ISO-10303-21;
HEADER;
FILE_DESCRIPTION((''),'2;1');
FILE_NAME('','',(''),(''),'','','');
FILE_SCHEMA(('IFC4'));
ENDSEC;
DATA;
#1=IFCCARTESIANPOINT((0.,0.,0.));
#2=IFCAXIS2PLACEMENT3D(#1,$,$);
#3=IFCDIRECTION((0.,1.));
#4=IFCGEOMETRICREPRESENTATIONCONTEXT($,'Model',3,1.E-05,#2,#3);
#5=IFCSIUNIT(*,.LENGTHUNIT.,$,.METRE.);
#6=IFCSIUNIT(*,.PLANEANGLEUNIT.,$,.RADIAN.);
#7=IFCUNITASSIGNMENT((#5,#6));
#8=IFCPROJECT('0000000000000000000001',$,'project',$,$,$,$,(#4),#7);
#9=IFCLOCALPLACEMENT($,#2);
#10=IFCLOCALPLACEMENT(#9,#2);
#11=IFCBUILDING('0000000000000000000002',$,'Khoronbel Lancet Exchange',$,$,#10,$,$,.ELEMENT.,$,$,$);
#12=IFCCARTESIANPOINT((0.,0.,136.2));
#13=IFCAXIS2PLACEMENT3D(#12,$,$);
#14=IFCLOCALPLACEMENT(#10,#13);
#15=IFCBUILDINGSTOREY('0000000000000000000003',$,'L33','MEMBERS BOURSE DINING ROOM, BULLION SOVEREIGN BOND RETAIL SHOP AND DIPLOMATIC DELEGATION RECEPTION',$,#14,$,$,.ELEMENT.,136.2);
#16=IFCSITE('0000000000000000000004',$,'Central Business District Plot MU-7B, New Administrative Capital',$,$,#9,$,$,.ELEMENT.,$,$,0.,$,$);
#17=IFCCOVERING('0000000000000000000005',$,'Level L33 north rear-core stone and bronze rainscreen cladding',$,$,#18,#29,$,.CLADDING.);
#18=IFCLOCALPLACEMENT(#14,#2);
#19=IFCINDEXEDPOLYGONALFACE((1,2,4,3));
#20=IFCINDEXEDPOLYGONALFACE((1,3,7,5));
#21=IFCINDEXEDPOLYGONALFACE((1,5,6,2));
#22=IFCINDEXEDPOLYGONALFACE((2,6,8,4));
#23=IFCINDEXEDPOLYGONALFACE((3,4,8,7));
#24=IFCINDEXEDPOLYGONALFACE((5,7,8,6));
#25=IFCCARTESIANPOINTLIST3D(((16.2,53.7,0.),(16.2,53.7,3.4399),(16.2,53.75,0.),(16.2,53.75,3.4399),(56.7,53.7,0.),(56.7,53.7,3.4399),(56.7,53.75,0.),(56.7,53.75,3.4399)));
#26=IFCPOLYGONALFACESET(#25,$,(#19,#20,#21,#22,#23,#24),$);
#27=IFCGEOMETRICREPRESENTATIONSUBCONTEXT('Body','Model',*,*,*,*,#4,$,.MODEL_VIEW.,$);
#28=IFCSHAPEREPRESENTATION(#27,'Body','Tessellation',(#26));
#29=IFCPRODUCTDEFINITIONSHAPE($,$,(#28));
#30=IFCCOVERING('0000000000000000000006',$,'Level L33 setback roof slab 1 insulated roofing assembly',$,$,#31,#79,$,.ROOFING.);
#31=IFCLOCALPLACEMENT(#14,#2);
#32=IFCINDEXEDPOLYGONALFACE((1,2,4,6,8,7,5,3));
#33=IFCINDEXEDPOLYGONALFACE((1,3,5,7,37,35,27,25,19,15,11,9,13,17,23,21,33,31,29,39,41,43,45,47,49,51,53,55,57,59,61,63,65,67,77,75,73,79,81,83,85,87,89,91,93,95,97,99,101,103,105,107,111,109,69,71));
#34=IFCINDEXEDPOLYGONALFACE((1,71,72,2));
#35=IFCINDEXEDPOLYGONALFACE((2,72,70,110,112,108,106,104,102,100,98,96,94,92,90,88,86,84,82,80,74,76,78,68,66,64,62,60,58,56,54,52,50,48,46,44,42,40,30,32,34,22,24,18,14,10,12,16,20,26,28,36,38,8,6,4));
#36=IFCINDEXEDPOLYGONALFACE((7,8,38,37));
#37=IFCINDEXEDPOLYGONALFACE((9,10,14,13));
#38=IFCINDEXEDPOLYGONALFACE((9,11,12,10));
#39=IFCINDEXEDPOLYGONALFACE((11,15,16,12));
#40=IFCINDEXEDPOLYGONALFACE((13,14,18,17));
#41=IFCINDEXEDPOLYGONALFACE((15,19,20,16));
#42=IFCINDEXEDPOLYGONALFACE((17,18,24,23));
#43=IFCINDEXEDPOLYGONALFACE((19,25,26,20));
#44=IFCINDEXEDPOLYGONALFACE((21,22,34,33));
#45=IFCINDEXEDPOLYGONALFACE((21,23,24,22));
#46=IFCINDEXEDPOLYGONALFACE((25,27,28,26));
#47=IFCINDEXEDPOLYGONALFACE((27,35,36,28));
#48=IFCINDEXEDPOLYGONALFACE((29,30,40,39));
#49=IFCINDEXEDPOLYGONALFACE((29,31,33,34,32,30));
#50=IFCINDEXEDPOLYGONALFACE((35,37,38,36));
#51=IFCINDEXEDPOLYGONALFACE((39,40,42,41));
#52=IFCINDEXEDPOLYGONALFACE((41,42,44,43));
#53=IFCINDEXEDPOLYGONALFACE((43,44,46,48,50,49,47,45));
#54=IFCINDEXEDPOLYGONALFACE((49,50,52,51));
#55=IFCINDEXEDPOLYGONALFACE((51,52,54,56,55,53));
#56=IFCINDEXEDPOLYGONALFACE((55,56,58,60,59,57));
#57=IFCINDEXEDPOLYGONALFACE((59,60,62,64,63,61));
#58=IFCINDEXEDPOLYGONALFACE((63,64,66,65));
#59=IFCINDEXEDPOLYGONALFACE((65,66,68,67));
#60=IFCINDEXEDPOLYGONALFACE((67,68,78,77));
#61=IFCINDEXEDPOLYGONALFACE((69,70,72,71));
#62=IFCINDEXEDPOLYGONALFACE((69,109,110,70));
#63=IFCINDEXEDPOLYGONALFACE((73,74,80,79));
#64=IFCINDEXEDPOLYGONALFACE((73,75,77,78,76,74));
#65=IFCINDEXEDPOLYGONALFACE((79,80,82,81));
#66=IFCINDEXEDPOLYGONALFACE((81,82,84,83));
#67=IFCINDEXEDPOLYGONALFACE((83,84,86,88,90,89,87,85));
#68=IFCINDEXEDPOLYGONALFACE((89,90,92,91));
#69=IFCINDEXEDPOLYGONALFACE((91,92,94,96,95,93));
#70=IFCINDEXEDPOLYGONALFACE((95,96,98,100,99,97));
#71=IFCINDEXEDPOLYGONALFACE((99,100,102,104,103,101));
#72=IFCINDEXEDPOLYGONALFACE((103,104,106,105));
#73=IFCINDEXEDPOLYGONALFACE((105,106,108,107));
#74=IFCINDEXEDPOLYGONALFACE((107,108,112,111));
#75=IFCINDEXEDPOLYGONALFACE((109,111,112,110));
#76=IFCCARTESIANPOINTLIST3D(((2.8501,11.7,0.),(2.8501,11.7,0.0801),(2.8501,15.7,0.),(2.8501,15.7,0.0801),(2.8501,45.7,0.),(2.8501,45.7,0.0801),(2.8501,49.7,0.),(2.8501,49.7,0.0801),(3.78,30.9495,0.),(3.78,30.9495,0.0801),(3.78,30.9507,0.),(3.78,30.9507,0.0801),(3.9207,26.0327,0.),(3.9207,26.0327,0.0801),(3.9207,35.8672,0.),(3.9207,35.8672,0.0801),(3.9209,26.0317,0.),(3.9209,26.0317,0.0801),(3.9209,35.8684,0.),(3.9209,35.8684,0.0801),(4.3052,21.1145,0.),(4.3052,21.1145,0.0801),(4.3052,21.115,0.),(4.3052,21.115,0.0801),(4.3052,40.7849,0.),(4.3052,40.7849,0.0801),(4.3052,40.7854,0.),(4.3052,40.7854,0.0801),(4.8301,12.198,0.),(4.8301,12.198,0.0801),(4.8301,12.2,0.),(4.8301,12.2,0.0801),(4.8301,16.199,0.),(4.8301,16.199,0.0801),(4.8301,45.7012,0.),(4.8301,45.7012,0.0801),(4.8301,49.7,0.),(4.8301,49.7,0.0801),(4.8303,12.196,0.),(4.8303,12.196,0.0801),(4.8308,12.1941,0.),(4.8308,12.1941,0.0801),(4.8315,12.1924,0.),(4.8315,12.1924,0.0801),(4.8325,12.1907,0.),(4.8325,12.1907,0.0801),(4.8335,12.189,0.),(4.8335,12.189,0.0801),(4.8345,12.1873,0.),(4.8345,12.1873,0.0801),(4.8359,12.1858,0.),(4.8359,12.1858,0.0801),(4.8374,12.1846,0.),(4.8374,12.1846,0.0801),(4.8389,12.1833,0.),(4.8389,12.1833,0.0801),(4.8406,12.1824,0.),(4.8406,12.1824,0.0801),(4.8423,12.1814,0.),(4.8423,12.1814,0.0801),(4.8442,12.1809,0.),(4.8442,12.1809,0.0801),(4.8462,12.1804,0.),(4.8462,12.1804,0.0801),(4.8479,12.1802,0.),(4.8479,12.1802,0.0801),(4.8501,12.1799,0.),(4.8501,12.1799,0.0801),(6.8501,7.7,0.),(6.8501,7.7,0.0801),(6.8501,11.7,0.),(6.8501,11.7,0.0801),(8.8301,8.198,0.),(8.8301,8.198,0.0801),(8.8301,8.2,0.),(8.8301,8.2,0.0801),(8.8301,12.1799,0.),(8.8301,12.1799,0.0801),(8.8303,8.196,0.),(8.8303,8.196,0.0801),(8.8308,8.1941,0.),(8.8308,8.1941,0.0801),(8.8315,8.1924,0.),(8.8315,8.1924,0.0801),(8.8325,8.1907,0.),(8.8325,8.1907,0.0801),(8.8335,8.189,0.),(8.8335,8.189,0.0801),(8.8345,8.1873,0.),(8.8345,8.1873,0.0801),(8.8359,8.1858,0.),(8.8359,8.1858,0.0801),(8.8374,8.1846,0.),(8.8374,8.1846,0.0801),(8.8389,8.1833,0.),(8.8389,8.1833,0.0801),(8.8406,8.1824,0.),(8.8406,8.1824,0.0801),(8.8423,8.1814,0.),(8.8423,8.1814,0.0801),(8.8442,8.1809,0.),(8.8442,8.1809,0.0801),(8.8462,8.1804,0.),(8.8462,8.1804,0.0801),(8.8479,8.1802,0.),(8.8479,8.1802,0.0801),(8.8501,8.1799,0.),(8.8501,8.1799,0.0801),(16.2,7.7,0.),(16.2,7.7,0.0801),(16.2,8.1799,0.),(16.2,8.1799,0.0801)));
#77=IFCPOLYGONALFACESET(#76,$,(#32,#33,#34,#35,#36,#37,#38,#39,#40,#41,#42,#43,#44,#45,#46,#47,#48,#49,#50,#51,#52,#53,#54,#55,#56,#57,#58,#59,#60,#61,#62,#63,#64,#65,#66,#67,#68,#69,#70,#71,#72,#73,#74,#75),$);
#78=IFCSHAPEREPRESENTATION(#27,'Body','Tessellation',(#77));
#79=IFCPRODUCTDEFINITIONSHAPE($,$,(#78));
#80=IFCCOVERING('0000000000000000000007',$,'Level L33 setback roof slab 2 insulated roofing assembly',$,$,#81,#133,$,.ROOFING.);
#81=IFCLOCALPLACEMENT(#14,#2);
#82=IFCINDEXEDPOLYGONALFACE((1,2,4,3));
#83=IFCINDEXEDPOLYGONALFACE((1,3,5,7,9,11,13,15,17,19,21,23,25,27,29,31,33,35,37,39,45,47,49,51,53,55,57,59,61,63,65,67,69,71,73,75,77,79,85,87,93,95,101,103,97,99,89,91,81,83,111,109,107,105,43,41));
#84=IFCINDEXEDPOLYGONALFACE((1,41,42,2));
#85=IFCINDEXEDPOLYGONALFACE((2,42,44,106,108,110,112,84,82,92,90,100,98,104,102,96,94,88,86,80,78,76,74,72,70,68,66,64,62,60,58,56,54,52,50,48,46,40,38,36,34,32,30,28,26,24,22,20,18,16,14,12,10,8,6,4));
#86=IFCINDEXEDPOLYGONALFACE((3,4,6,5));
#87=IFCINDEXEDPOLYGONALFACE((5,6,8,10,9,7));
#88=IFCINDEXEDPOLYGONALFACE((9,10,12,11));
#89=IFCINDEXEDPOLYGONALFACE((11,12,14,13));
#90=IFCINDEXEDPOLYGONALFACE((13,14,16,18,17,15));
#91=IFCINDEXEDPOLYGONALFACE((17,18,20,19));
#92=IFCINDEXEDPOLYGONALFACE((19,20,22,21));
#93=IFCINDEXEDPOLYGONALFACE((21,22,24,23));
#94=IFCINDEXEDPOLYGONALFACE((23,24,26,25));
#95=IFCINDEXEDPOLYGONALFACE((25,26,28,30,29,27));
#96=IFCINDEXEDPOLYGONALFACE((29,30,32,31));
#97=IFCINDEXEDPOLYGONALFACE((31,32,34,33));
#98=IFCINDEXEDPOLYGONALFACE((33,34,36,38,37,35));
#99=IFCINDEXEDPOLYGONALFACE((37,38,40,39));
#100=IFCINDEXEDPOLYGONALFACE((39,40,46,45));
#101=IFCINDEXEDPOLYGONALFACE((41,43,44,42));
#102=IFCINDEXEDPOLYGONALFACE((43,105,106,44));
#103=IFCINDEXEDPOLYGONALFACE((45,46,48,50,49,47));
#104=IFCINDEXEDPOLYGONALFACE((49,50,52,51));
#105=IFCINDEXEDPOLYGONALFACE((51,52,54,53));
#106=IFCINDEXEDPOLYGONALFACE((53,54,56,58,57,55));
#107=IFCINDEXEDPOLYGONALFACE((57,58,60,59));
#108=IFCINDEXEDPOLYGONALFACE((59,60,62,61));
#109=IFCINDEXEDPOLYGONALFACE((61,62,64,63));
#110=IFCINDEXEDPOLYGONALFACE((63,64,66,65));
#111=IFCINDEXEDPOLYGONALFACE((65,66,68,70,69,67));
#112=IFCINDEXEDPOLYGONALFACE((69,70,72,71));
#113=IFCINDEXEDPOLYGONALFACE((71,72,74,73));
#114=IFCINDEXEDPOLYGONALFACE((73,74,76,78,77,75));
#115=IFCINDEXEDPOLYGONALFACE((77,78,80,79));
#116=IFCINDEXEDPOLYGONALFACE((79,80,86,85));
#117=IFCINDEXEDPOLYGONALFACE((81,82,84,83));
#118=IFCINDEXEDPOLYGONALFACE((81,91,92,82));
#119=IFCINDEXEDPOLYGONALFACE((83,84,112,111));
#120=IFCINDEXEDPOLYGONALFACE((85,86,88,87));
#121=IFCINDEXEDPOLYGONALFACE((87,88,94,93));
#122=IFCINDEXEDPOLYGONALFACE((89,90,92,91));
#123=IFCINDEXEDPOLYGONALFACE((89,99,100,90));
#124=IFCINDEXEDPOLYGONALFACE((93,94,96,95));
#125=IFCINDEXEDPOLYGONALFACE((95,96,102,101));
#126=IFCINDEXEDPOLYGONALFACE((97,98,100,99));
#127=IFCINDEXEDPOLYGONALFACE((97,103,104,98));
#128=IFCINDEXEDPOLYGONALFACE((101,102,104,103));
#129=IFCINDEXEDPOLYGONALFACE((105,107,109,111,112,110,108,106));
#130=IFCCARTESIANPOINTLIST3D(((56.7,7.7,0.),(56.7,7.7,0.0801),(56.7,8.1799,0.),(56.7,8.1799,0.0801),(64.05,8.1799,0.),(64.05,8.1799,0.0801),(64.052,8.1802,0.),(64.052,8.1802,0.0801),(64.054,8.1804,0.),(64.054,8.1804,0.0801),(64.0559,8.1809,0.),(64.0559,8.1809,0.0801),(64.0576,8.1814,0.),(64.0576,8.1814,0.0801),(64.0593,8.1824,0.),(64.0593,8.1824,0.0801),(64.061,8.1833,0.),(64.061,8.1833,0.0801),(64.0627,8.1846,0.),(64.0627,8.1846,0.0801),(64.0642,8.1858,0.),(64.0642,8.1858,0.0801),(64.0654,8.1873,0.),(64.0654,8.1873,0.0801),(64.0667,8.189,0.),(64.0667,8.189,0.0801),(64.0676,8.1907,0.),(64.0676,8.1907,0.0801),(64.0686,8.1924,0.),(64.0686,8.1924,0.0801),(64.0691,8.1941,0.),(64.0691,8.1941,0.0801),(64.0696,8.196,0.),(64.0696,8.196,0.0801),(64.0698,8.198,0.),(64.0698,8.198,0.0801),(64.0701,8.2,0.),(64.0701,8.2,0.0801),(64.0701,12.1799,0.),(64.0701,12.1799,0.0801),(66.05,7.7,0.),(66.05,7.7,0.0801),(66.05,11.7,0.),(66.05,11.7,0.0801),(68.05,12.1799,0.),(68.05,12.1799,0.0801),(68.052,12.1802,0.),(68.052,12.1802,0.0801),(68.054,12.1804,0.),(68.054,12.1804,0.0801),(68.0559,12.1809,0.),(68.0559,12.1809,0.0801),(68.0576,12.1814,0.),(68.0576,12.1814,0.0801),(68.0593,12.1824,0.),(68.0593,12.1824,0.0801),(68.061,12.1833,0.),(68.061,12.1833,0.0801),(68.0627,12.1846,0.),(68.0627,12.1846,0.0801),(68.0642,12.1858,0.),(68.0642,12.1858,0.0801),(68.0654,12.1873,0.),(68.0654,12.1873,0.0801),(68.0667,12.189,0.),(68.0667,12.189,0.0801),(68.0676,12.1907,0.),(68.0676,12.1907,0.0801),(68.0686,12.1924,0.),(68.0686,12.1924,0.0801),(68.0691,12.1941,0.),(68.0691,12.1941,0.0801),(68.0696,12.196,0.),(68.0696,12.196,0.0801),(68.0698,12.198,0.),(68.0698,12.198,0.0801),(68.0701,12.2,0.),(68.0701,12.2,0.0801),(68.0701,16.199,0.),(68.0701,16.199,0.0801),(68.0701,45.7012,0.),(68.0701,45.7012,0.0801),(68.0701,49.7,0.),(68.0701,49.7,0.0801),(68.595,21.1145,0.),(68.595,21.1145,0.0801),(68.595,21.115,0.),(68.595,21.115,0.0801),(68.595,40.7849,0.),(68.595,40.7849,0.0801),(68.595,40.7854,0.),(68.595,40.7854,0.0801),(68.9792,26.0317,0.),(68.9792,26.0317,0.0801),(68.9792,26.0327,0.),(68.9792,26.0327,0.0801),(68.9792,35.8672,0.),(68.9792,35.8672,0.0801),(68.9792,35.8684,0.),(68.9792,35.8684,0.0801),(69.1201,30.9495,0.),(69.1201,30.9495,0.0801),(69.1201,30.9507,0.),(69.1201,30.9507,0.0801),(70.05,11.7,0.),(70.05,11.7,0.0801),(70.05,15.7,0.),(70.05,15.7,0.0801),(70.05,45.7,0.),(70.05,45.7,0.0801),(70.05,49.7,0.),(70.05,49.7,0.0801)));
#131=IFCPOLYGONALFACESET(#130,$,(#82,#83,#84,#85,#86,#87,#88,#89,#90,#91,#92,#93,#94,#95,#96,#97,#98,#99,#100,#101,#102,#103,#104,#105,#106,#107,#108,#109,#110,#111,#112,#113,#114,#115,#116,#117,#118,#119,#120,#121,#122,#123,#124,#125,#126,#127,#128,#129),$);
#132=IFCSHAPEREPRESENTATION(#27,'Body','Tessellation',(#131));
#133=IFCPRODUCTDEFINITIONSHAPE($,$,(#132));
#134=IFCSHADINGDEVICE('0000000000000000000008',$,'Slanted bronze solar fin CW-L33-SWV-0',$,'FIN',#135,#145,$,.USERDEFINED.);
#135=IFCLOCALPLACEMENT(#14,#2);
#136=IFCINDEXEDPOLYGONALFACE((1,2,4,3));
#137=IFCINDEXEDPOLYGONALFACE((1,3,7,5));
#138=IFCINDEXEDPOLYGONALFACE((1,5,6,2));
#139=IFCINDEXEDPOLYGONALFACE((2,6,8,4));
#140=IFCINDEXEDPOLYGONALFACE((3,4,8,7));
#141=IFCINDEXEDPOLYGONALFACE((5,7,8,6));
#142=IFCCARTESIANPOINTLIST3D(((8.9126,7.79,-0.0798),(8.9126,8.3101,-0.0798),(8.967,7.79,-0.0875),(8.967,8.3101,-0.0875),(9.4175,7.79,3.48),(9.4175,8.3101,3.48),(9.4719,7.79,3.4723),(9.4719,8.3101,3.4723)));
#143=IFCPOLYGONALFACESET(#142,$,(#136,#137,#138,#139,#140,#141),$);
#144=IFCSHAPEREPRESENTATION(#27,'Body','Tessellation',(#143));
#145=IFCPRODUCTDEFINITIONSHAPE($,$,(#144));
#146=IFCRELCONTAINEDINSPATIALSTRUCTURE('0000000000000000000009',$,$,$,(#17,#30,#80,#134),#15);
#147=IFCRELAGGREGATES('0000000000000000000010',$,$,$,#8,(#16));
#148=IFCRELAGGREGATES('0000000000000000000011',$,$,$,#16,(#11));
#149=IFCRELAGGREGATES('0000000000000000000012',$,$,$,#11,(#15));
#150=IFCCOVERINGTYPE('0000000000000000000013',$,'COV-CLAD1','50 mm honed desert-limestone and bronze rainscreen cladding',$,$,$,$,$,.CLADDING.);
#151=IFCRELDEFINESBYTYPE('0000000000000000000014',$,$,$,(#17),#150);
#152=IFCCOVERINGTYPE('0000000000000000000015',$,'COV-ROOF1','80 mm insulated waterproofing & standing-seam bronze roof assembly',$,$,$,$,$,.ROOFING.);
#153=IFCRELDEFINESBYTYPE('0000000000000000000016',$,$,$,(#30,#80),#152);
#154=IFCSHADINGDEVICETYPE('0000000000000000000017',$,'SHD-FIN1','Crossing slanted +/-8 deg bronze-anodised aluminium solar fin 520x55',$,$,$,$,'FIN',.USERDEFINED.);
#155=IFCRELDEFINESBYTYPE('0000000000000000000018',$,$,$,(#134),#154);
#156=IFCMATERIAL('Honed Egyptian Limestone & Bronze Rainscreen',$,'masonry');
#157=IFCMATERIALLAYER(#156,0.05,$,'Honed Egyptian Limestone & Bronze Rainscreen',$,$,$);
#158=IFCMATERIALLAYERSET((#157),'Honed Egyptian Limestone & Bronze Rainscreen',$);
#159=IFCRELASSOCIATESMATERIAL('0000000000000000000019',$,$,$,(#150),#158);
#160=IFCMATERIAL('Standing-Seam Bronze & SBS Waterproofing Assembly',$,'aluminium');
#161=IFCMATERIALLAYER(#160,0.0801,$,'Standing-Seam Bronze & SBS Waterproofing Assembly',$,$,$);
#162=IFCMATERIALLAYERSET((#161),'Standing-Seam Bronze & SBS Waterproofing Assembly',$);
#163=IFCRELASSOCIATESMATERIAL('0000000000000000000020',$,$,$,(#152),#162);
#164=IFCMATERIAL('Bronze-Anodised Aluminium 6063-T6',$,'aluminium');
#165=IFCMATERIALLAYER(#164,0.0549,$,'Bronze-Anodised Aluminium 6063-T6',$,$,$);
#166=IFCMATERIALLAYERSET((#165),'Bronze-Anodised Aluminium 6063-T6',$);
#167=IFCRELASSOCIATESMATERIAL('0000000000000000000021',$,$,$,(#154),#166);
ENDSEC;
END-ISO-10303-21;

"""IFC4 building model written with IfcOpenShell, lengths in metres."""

from ifc_helpers import new_model, si_unit, direction, frame, origin, place, context, subcontext, project, spatial, polyline, outline, extrude, material, layer, layer_set, type_object, element, save


model = new_model("IFC4")

# Units and contexts
model_context = context("Model", 3, precision=1e-05, world=origin(), true_north=direction((0.0, 1.0)))
body_context = subcontext(model_context, "Body", "Model", "MODEL_VIEW")
ifc_project = project(units=[si_unit("LENGTHUNIT", "METRE"), si_unit("PLANEANGLEUNIT", "RADIAN")], contexts=[model_context])

# Site, building, storey
site_placement = place(None, origin())
site = spatial("IfcSite", under=ifc_project, at=site_placement, Name="Central Business District Plot MU-7B, New Administrative Capital", CompositionType="ELEMENT", RefElevation=0.0)
building_placement = place(site_placement, origin())
building = spatial("IfcBuilding", under=site, at=building_placement, Name="Khoronbel Lancet Exchange", CompositionType="ELEMENT")
storey_placement = place(building_placement, frame((0.0, 0.0, 136.2)))
storey = spatial("IfcBuildingStorey", under=building, at=storey_placement, Name="L33", Description="MEMBERS BOURSE DINING ROOM, BULLION SOVEREIGN BOND RETAIL SHOP AND DIPLOMATIC DELEGATION RECEPTION", CompositionType="ELEMENT", Elevation=136.2)

# Shared definitions
ifc_material_1 = material(Name="Bronze-Anodised Aluminium 6063-T6", Category="aluminium")

# Coverings
ifc_material_2 = material(Name="Honed Egyptian Limestone & Bronze Rainscreen", Category="masonry")
ifc_layer_1 = layer(ifc_material_2, 0.05, Name="Honed Egyptian Limestone & Bronze Rainscreen")
ifc_layer_set_1 = layer_set([ifc_layer_1], Name="Honed Egyptian Limestone & Bronze Rainscreen")
covering_type_1 = type_object("IfcCoveringType", Name="COV-CLAD1", Description="50 mm honed desert-limestone and bronze rainscreen cladding", PredefinedType="CLADDING", material=ifc_layer_set_1)
covering_1_placement = place(storey_placement, origin())
element("IfcCovering", 1, at=covering_1_placement, inside=storey, type_object=covering_type_1, Name="Level L33 north rear-core stone and bronze rainscreen cladding", PredefinedType="CLADDING", context=body_context, shape_type="SweptSolid", body=[
    extrude(outline(polyline([(16.2, 53.7), (56.7, 53.7), (56.7, 53.75), (16.2, 53.75), (16.2, 53.7)])), origin(), (0.0, 0.0, 1.0), 3.4399),
])
ifc_material_3 = material(Name="Standing-Seam Bronze & SBS Waterproofing Assembly", Category="aluminium")
ifc_layer_2 = layer(ifc_material_3, 0.0801, Name="Standing-Seam Bronze & SBS Waterproofing Assembly")
ifc_layer_set_2 = layer_set([ifc_layer_2], Name="Standing-Seam Bronze & SBS Waterproofing Assembly")
covering_type_2 = type_object("IfcCoveringType", Name="COV-ROOF1", Description="80 mm insulated waterproofing & standing-seam bronze roof assembly", PredefinedType="ROOFING", material=ifc_layer_set_2)
covering_2_placement = place(storey_placement, origin())
element("IfcCovering", 2, at=covering_2_placement, inside=storey, type_object=covering_type_2, Name="Level L33 setback roof slab 1 insulated roofing assembly", PredefinedType="ROOFING", context=body_context, shape_type="SweptSolid", body=[
    extrude(outline(polyline([(6.8501, 7.7), (6.8501, 11.7), (2.8501, 11.7), (2.8501, 15.7), (2.8501, 45.7), (2.8501, 49.7), (4.8301, 49.7), (4.8301, 45.7012), (4.3052, 40.7854), (4.3052, 40.7849), (3.9209, 35.8684), (3.9207, 35.8672), (3.78, 30.9507), (3.78, 30.9495), (3.9207, 26.0327), (3.9209, 26.0317), (4.3052, 21.115), (4.3052, 21.1145), (4.8301, 16.199), (4.8301, 12.2), (4.8301, 12.198), (4.8303, 12.196), (4.8308, 12.1941), (4.8315, 12.1924), (4.8325, 12.1907), (4.8335, 12.189), (4.8345, 12.1873), (4.8359, 12.1858), (4.8374, 12.1846), (4.8389, 12.1833), (4.8406, 12.1824), (4.8423, 12.1814), (4.8442, 12.1809), (4.8462, 12.1804), (4.8479, 12.1802), (4.8501, 12.1799), (8.8301, 12.1799), (8.8301, 8.2), (8.8301, 8.198), (8.8303, 8.196), (8.8308, 8.1941), (8.8315, 8.1924), (8.8325, 8.1907), (8.8335, 8.189), (8.8345, 8.1873), (8.8359, 8.1858), (8.8374, 8.1846), (8.8389, 8.1833), (8.8406, 8.1824), (8.8423, 8.1814), (8.8442, 8.1809), (8.8462, 8.1804), (8.8479, 8.1802), (8.8501, 8.1799), (16.2, 8.1799), (16.2, 7.7), (6.8501, 7.7)])), origin(), (0.0, 0.0, 1.0), 0.0801),
])
covering_3_placement = place(storey_placement, origin())
element("IfcCovering", 3, at=covering_3_placement, inside=storey, type_object=covering_type_2, Name="Level L33 setback roof slab 2 insulated roofing assembly", PredefinedType="ROOFING", context=body_context, shape_type="SweptSolid", body=[
    extrude(outline(polyline([(70.05, 45.7), (70.05, 15.7), (70.05, 11.7), (66.05, 11.7), (66.05, 7.7), (56.7, 7.7), (56.7, 8.1799), (64.05, 8.1799), (64.052, 8.1802), (64.054, 8.1804), (64.0559, 8.1809), (64.0576, 8.1814), (64.0593, 8.1824), (64.061, 8.1833), (64.0627, 8.1846), (64.0642, 8.1858), (64.0654, 8.1873), (64.0667, 8.189), (64.0676, 8.1907), (64.0686, 8.1924), (64.0691, 8.1941), (64.0696, 8.196), (64.0698, 8.198), (64.0701, 8.2), (64.0701, 12.1799), (68.05, 12.1799), (68.052, 12.1802), (68.054, 12.1804), (68.0559, 12.1809), (68.0576, 12.1814), (68.0593, 12.1824), (68.061, 12.1833), (68.0627, 12.1846), (68.0642, 12.1858), (68.0654, 12.1873), (68.0667, 12.189), (68.0676, 12.1907), (68.0686, 12.1924), (68.0691, 12.1941), (68.0696, 12.196), (68.0698, 12.198), (68.0701, 12.2), (68.0701, 16.199), (68.595, 21.1145), (68.595, 21.115), (68.9792, 26.0317), (68.9792, 26.0327), (69.1201, 30.9495), (69.1201, 30.9507), (68.9792, 35.8672), (68.9792, 35.8684), (68.595, 40.7849), (68.595, 40.7854), (68.0701, 45.7012), (68.0701, 49.7), (70.05, 49.7), (70.05, 45.7)])), origin(), (0.0, 0.0, 1.0), 0.0801),
])

# Shading device
ifc_layer_3 = layer(ifc_material_1, 0.0549, Name="Bronze-Anodised Aluminium 6063-T6")
ifc_layer_set_3 = layer_set([ifc_layer_3], Name="Bronze-Anodised Aluminium 6063-T6")
shading_device_type = type_object("IfcShadingDeviceType", Name="SHD-FIN1", Description="Crossing slanted +/-8 deg bronze-anodised aluminium solar fin 520x55", ElementType="FIN", PredefinedType="USERDEFINED", material=ifc_layer_set_3)
shading_device_placement = place(storey_placement, frame((8.9126, 8.3101, -0.0798), z_axis=(-0.990092, 0.0, 0.140423), x_axis=(0.0, -1.0, 0.0)))
element("IfcShadingDevice", 4, at=shading_device_placement, inside=storey, type_object=shading_device_type, Name="Slanted bronze solar fin CW-L33-SWV-0", ObjectType="FIN", PredefinedType="USERDEFINED", context=body_context, shape_type="SweptSolid", body=[
    extrude(outline(polyline([(0.0, 0.0), (0.52, 0.0), (0.52, 3.5955), (0.0, 3.5955), (0.0, 0.0)])), origin(), (0.0, 0.0, -1.0), 0.0549),
])

save(model, "model.ifc")
